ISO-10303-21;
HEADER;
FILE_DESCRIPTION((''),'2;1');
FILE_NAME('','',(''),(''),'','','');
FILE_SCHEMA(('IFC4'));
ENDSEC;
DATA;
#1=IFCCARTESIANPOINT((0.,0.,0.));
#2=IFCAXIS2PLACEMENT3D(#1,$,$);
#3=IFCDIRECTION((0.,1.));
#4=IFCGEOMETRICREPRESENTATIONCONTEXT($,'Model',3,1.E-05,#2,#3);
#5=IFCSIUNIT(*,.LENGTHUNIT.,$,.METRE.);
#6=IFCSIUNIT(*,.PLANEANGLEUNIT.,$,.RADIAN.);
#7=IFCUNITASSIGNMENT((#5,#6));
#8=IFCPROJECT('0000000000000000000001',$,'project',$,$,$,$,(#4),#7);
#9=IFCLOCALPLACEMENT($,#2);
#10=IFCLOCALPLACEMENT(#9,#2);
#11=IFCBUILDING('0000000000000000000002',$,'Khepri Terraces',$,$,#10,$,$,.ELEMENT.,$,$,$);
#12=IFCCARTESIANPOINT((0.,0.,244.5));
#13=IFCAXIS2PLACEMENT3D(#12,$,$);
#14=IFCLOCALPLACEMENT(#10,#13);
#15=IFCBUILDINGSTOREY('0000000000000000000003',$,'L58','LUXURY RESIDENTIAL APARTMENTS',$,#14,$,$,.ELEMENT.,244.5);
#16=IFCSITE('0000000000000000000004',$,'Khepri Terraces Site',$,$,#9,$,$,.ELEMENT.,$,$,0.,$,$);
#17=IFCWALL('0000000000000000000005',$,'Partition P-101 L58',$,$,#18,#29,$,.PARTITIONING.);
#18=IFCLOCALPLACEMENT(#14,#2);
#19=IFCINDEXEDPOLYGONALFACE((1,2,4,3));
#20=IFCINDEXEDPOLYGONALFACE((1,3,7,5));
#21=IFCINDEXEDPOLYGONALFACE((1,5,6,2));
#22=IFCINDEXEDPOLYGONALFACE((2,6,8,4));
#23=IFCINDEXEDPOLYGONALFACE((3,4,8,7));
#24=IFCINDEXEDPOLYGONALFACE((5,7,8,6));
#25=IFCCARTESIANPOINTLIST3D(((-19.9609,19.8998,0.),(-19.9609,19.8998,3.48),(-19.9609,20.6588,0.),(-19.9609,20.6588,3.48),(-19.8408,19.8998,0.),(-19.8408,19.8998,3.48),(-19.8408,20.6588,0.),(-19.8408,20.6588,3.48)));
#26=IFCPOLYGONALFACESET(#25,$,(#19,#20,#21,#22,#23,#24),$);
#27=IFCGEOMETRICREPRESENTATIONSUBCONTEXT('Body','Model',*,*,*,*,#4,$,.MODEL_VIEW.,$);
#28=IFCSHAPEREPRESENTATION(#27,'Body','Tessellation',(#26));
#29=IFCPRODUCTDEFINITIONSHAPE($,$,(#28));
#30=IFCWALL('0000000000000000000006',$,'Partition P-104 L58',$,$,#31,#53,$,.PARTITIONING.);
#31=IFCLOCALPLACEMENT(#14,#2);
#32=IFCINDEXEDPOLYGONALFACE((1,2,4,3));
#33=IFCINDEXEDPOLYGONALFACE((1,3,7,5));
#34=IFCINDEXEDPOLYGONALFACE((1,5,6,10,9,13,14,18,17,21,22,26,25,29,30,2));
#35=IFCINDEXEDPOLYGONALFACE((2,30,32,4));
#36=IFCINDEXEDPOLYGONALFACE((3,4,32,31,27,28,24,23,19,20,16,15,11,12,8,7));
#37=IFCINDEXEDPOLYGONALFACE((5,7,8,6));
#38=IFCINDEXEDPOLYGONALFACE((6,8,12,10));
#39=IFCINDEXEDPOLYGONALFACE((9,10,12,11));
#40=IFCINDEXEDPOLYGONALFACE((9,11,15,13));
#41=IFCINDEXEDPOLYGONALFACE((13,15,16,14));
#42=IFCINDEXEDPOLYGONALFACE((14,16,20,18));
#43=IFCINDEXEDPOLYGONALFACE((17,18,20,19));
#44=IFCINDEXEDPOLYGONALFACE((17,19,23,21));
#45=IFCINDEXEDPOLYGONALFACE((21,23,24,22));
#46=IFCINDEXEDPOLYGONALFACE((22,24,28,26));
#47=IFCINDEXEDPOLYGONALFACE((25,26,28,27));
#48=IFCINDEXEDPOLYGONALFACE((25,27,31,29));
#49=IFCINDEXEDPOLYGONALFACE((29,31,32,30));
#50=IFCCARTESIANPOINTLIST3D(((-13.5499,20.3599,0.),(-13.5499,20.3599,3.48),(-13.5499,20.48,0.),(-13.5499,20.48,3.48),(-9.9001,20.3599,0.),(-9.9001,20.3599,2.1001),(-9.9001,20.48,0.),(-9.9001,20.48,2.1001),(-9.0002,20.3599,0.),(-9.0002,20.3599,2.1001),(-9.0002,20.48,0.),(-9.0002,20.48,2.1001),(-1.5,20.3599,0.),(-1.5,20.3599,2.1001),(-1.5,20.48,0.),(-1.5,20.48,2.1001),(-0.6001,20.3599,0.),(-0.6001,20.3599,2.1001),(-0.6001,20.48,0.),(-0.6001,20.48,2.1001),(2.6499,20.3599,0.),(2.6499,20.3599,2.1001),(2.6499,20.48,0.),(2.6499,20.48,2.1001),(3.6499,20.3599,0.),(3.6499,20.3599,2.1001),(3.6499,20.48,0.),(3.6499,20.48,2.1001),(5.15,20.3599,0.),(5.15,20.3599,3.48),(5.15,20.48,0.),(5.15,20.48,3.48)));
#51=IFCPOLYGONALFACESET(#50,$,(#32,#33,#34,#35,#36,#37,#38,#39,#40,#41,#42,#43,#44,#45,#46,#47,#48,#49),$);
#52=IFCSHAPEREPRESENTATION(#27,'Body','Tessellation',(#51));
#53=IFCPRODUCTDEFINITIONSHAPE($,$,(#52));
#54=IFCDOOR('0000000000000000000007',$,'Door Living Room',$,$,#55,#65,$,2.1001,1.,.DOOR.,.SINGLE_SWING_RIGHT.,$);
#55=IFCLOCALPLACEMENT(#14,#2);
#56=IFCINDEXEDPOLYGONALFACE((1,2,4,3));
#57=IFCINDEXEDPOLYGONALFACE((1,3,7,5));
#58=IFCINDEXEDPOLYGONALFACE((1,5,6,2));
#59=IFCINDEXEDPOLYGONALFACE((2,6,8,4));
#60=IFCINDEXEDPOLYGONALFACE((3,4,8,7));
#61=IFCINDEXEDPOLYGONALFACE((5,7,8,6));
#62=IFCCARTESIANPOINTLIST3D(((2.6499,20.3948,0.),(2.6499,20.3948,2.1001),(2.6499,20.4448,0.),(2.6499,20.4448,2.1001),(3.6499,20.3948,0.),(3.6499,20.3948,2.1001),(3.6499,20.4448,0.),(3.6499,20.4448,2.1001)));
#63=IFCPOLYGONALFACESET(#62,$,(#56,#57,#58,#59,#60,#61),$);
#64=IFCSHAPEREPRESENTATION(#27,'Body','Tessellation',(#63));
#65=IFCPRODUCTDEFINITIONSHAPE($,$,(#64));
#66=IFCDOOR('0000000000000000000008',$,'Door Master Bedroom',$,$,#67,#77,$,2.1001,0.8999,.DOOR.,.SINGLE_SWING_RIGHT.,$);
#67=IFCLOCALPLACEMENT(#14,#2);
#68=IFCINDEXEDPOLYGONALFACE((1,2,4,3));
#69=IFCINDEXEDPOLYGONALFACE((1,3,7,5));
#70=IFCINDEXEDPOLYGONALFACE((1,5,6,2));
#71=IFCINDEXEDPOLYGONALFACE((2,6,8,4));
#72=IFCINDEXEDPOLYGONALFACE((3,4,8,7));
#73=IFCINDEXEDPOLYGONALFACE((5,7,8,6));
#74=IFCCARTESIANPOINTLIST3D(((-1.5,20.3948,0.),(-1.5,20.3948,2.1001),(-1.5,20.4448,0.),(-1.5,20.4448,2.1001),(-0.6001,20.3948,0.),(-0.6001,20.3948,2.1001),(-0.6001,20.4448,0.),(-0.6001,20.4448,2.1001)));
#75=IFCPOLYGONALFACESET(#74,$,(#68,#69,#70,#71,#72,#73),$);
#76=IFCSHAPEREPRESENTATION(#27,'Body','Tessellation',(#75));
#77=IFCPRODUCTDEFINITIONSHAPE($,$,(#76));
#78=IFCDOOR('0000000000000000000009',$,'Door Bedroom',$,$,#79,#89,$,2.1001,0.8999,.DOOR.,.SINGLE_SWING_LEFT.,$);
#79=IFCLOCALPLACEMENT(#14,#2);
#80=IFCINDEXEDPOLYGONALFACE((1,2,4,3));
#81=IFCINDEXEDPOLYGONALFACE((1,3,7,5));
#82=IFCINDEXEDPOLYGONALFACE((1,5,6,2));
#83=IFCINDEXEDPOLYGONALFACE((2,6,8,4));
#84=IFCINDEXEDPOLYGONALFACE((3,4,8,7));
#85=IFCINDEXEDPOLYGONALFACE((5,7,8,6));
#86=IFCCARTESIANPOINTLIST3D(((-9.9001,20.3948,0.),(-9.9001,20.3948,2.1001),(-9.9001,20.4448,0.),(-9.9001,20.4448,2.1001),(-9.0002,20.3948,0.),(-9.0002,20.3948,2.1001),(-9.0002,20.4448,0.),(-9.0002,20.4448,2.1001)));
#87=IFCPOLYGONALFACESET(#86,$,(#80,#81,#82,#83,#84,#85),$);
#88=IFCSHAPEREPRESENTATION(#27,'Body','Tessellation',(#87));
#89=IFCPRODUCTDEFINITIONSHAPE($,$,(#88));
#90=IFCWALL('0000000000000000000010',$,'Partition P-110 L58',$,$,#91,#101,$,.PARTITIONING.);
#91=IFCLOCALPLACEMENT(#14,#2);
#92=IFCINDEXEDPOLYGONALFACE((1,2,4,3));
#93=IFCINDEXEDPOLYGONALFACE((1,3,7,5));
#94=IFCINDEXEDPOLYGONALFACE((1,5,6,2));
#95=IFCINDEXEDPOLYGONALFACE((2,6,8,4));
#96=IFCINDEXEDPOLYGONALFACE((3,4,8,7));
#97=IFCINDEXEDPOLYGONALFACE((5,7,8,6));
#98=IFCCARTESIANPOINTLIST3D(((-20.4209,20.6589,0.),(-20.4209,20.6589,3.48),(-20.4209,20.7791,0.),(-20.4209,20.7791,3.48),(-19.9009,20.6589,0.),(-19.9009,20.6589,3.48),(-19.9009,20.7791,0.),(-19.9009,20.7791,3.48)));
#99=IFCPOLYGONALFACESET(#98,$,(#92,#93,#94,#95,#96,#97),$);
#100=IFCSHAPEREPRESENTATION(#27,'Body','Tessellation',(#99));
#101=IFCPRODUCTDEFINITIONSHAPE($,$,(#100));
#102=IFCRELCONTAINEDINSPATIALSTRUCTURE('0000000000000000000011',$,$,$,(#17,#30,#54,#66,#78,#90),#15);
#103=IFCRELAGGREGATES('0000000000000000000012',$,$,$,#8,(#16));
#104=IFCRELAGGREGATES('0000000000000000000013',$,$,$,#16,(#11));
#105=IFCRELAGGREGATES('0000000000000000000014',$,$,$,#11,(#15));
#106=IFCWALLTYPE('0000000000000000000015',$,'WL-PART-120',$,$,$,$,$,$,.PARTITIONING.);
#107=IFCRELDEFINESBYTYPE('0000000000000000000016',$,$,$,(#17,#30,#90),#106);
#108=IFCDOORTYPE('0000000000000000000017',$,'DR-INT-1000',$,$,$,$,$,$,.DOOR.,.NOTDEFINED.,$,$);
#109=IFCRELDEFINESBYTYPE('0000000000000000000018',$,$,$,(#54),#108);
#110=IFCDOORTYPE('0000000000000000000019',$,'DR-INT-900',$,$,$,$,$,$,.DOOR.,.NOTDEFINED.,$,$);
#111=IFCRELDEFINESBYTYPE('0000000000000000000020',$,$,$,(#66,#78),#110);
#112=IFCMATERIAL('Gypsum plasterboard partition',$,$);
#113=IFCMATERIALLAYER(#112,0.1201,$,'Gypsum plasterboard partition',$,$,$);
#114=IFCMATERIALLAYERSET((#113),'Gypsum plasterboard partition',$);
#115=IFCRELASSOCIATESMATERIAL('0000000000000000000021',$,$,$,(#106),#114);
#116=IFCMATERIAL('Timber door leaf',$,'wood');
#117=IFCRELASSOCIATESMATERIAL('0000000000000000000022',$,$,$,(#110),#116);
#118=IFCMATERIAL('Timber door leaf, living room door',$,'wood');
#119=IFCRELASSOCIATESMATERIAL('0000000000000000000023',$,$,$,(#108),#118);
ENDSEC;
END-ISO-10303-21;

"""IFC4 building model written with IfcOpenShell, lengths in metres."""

from ifc_helpers import new_model, si_unit, direction, frame, frame_2d, origin, place, context, subcontext, project, spatial, rectangle, extrude, material, layer, layer_set, type_object, element, fill, save


model = new_model("IFC4")

# Units and contexts
model_context = context("Model", 3, precision=1e-05, world=origin(), true_north=direction((0.0, 1.0)))
body_context = subcontext(model_context, "Body", "Model", "MODEL_VIEW")
ifc_project = project(units=[si_unit("LENGTHUNIT", "METRE"), si_unit("PLANEANGLEUNIT", "RADIAN")], contexts=[model_context])

# Site, building, storey
site_placement = place(None, origin())
site = spatial("IfcSite", under=ifc_project, at=site_placement, Name="Khepri Terraces Site", CompositionType="ELEMENT", RefElevation=0.0)
building_placement = place(site_placement, origin())
building = spatial("IfcBuilding", under=site, at=building_placement, Name="Khepri Terraces", CompositionType="ELEMENT")
storey_placement = place(building_placement, frame((0.0, 0.0, 244.5)))
storey = spatial("IfcBuildingStorey", under=building, at=storey_placement, Name="L58", Description="LUXURY RESIDENTIAL APARTMENTS", CompositionType="ELEMENT", Elevation=244.5)

# Shared definitions
ifc_material_1 = material(Name="Gypsum plasterboard partition")
ifc_layer_1 = layer(ifc_material_1, 0.1201, Name="Gypsum plasterboard partition")
ifc_layer_set_1 = layer_set([ifc_layer_1], Name="Gypsum plasterboard partition")
wall_type_1 = type_object("IfcWallType", Name="WL-PART-120", PredefinedType="PARTITIONING", material=ifc_layer_set_1)

# Shared definitions
ifc_material_2 = material(Name="Timber door leaf", Category="wood")
door_type_1 = type_object("IfcDoorType", Name="DR-INT-900", OperationType="NOTDEFINED", PredefinedType="DOOR", material=ifc_material_2)

# Wall
wall_1_placement = place(storey_placement, frame((-19.9009, 19.8999, 0.0), z_axis=(0.0, 0.0, 1.0), x_axis=(0.0, 1.0, 0.0)))
element("IfcWall", 1, at=wall_1_placement, inside=storey, type_object=wall_type_1, Name="Partition P-101 L58", PredefinedType="PARTITIONING", context=body_context, shape_type="SweptSolid", body=[
    extrude(rectangle(XDim=0.759, YDim=0.1201, at=frame_2d((0.3794, 0.0))), origin(), (0.0, 0.0, 1.0), 3.48),
])

# Wall, openings, doors
wall_2_placement = place(storey_placement, frame((-13.55, 20.4199, 0.0), z_axis=(0.0, 0.0, 1.0), x_axis=(1.0, 0.0, 0.0)))
wall_2 = element("IfcWall", 2, at=wall_2_placement, inside=storey, type_object=wall_type_1, Name="Partition P-104 L58", PredefinedType="PARTITIONING", context=body_context, shape_type="SweptSolid", body=[
    extrude(rectangle(XDim=18.7, YDim=0.1201, at=frame_2d((9.3501, 0.0))), origin(), (0.0, 0.0, 1.0), 3.48),
])
opening_1_placement = place(wall_2_placement, frame((16.2, 0.0, 0.0)))
opening_1 = element("IfcOpeningElement", 3, at=opening_1_placement, cuts=wall_2, PredefinedType="OPENING", context=body_context, shape_type="SweptSolid", body=[
    extrude(rectangle(XDim=1.0, YDim=2.1001, at=frame_2d((0.5, 1.05))), frame((0.0, 0.0701, 0.0), z_axis=(0.0, -1.0, 0.0), x_axis=(1.0, 0.0, 0.0)), (0.0, 0.0, 1.0), 0.1401),
])
opening_2_placement = place(wall_2_placement, frame((12.05, 0.0, 0.0)))
opening_2 = element("IfcOpeningElement", 4, at=opening_2_placement, cuts=wall_2, PredefinedType="OPENING", context=body_context, shape_type="SweptSolid", body=[
    extrude(rectangle(XDim=0.8999, YDim=2.1001, at=frame_2d((0.45, 1.05))), frame((0.0, 0.0701, 0.0), z_axis=(0.0, -1.0, 0.0), x_axis=(1.0, 0.0, 0.0)), (0.0, 0.0, 1.0), 0.1401),
])
opening_3_placement = place(wall_2_placement, frame((3.6499, 0.0, 0.0)))
opening_3 = element("IfcOpeningElement", 5, at=opening_3_placement, cuts=wall_2, PredefinedType="OPENING", context=body_context, shape_type="SweptSolid", body=[
    extrude(rectangle(XDim=0.8999, YDim=2.1001, at=frame_2d((0.45, 1.05))), frame((0.0, 0.0701, 0.0), z_axis=(0.0, -1.0, 0.0), x_axis=(1.0, 0.0, 0.0)), (0.0, 0.0, 1.0), 0.1401),
])
ifc_material_3 = material(Name="Timber door leaf, living room door", Category="wood")
door_type_2 = type_object("IfcDoorType", Name="DR-INT-1000", OperationType="NOTDEFINED", PredefinedType="DOOR", material=ifc_material_3)
door_1_placement = place(opening_1_placement, origin())
door_1 = element("IfcDoor", 6, at=door_1_placement, inside=storey, type_object=door_type_2, Name="Door Living Room", OperationType="SINGLE_SWING_RIGHT", OverallHeight=2.1001, OverallWidth=1.0, PredefinedType="DOOR", context=body_context, shape_type="SweptSolid", body=[
    extrude(rectangle(XDim=1.0, YDim=2.1001, at=frame_2d((0.5, 1.05))), frame((0.0, 0.0249, 0.0), z_axis=(0.0, -1.0, 0.0), x_axis=(1.0, 0.0, 0.0)), (0.0, 0.0, 1.0), 0.05),
])
fill(opening_1, door_1)
door_2_placement = place(opening_2_placement, origin())
door_2 = element("IfcDoor", 7, at=door_2_placement, inside=storey, type_object=door_type_1, Name="Door Master Bedroom", OperationType="SINGLE_SWING_RIGHT", OverallHeight=2.1001, OverallWidth=0.8999, PredefinedType="DOOR", context=body_context, shape_type="SweptSolid", body=[
    extrude(rectangle(XDim=0.8999, YDim=2.1001, at=frame_2d((0.45, 1.05))), frame((0.0, 0.0249, 0.0), z_axis=(0.0, -1.0, 0.0), x_axis=(1.0, 0.0, 0.0)), (0.0, 0.0, 1.0), 0.05),
])
fill(opening_2, door_2)
door_3_placement = place(opening_3_placement, origin())
door_3 = element("IfcDoor", 8, at=door_3_placement, inside=storey, type_object=door_type_1, Name="Door Bedroom", OperationType="SINGLE_SWING_LEFT", OverallHeight=2.1001, OverallWidth=0.8999, PredefinedType="DOOR", context=body_context, shape_type="SweptSolid", body=[
    extrude(rectangle(XDim=0.8999, YDim=2.1001, at=frame_2d((0.45, 1.05))), frame((0.0, 0.0249, 0.0), z_axis=(0.0, -1.0, 0.0), x_axis=(1.0, 0.0, 0.0)), (0.0, 0.0, 1.0), 0.05),
])
fill(opening_3, door_3)

# Wall
wall_3_placement = place(storey_placement, frame((-20.4209, 20.719, 0.0), z_axis=(0.0, 0.0, 1.0), x_axis=(1.0, 0.0, 0.0)))
element("IfcWall", 9, at=wall_3_placement, inside=storey, type_object=wall_type_1, Name="Partition P-110 L58", PredefinedType="PARTITIONING", context=body_context, shape_type="SweptSolid", body=[
    extrude(rectangle(XDim=0.52, YDim=0.1201, at=frame_2d((0.26, 0.0))), origin(), (0.0, 0.0, 1.0), 3.48),
])

save(model, "model.ifc")
